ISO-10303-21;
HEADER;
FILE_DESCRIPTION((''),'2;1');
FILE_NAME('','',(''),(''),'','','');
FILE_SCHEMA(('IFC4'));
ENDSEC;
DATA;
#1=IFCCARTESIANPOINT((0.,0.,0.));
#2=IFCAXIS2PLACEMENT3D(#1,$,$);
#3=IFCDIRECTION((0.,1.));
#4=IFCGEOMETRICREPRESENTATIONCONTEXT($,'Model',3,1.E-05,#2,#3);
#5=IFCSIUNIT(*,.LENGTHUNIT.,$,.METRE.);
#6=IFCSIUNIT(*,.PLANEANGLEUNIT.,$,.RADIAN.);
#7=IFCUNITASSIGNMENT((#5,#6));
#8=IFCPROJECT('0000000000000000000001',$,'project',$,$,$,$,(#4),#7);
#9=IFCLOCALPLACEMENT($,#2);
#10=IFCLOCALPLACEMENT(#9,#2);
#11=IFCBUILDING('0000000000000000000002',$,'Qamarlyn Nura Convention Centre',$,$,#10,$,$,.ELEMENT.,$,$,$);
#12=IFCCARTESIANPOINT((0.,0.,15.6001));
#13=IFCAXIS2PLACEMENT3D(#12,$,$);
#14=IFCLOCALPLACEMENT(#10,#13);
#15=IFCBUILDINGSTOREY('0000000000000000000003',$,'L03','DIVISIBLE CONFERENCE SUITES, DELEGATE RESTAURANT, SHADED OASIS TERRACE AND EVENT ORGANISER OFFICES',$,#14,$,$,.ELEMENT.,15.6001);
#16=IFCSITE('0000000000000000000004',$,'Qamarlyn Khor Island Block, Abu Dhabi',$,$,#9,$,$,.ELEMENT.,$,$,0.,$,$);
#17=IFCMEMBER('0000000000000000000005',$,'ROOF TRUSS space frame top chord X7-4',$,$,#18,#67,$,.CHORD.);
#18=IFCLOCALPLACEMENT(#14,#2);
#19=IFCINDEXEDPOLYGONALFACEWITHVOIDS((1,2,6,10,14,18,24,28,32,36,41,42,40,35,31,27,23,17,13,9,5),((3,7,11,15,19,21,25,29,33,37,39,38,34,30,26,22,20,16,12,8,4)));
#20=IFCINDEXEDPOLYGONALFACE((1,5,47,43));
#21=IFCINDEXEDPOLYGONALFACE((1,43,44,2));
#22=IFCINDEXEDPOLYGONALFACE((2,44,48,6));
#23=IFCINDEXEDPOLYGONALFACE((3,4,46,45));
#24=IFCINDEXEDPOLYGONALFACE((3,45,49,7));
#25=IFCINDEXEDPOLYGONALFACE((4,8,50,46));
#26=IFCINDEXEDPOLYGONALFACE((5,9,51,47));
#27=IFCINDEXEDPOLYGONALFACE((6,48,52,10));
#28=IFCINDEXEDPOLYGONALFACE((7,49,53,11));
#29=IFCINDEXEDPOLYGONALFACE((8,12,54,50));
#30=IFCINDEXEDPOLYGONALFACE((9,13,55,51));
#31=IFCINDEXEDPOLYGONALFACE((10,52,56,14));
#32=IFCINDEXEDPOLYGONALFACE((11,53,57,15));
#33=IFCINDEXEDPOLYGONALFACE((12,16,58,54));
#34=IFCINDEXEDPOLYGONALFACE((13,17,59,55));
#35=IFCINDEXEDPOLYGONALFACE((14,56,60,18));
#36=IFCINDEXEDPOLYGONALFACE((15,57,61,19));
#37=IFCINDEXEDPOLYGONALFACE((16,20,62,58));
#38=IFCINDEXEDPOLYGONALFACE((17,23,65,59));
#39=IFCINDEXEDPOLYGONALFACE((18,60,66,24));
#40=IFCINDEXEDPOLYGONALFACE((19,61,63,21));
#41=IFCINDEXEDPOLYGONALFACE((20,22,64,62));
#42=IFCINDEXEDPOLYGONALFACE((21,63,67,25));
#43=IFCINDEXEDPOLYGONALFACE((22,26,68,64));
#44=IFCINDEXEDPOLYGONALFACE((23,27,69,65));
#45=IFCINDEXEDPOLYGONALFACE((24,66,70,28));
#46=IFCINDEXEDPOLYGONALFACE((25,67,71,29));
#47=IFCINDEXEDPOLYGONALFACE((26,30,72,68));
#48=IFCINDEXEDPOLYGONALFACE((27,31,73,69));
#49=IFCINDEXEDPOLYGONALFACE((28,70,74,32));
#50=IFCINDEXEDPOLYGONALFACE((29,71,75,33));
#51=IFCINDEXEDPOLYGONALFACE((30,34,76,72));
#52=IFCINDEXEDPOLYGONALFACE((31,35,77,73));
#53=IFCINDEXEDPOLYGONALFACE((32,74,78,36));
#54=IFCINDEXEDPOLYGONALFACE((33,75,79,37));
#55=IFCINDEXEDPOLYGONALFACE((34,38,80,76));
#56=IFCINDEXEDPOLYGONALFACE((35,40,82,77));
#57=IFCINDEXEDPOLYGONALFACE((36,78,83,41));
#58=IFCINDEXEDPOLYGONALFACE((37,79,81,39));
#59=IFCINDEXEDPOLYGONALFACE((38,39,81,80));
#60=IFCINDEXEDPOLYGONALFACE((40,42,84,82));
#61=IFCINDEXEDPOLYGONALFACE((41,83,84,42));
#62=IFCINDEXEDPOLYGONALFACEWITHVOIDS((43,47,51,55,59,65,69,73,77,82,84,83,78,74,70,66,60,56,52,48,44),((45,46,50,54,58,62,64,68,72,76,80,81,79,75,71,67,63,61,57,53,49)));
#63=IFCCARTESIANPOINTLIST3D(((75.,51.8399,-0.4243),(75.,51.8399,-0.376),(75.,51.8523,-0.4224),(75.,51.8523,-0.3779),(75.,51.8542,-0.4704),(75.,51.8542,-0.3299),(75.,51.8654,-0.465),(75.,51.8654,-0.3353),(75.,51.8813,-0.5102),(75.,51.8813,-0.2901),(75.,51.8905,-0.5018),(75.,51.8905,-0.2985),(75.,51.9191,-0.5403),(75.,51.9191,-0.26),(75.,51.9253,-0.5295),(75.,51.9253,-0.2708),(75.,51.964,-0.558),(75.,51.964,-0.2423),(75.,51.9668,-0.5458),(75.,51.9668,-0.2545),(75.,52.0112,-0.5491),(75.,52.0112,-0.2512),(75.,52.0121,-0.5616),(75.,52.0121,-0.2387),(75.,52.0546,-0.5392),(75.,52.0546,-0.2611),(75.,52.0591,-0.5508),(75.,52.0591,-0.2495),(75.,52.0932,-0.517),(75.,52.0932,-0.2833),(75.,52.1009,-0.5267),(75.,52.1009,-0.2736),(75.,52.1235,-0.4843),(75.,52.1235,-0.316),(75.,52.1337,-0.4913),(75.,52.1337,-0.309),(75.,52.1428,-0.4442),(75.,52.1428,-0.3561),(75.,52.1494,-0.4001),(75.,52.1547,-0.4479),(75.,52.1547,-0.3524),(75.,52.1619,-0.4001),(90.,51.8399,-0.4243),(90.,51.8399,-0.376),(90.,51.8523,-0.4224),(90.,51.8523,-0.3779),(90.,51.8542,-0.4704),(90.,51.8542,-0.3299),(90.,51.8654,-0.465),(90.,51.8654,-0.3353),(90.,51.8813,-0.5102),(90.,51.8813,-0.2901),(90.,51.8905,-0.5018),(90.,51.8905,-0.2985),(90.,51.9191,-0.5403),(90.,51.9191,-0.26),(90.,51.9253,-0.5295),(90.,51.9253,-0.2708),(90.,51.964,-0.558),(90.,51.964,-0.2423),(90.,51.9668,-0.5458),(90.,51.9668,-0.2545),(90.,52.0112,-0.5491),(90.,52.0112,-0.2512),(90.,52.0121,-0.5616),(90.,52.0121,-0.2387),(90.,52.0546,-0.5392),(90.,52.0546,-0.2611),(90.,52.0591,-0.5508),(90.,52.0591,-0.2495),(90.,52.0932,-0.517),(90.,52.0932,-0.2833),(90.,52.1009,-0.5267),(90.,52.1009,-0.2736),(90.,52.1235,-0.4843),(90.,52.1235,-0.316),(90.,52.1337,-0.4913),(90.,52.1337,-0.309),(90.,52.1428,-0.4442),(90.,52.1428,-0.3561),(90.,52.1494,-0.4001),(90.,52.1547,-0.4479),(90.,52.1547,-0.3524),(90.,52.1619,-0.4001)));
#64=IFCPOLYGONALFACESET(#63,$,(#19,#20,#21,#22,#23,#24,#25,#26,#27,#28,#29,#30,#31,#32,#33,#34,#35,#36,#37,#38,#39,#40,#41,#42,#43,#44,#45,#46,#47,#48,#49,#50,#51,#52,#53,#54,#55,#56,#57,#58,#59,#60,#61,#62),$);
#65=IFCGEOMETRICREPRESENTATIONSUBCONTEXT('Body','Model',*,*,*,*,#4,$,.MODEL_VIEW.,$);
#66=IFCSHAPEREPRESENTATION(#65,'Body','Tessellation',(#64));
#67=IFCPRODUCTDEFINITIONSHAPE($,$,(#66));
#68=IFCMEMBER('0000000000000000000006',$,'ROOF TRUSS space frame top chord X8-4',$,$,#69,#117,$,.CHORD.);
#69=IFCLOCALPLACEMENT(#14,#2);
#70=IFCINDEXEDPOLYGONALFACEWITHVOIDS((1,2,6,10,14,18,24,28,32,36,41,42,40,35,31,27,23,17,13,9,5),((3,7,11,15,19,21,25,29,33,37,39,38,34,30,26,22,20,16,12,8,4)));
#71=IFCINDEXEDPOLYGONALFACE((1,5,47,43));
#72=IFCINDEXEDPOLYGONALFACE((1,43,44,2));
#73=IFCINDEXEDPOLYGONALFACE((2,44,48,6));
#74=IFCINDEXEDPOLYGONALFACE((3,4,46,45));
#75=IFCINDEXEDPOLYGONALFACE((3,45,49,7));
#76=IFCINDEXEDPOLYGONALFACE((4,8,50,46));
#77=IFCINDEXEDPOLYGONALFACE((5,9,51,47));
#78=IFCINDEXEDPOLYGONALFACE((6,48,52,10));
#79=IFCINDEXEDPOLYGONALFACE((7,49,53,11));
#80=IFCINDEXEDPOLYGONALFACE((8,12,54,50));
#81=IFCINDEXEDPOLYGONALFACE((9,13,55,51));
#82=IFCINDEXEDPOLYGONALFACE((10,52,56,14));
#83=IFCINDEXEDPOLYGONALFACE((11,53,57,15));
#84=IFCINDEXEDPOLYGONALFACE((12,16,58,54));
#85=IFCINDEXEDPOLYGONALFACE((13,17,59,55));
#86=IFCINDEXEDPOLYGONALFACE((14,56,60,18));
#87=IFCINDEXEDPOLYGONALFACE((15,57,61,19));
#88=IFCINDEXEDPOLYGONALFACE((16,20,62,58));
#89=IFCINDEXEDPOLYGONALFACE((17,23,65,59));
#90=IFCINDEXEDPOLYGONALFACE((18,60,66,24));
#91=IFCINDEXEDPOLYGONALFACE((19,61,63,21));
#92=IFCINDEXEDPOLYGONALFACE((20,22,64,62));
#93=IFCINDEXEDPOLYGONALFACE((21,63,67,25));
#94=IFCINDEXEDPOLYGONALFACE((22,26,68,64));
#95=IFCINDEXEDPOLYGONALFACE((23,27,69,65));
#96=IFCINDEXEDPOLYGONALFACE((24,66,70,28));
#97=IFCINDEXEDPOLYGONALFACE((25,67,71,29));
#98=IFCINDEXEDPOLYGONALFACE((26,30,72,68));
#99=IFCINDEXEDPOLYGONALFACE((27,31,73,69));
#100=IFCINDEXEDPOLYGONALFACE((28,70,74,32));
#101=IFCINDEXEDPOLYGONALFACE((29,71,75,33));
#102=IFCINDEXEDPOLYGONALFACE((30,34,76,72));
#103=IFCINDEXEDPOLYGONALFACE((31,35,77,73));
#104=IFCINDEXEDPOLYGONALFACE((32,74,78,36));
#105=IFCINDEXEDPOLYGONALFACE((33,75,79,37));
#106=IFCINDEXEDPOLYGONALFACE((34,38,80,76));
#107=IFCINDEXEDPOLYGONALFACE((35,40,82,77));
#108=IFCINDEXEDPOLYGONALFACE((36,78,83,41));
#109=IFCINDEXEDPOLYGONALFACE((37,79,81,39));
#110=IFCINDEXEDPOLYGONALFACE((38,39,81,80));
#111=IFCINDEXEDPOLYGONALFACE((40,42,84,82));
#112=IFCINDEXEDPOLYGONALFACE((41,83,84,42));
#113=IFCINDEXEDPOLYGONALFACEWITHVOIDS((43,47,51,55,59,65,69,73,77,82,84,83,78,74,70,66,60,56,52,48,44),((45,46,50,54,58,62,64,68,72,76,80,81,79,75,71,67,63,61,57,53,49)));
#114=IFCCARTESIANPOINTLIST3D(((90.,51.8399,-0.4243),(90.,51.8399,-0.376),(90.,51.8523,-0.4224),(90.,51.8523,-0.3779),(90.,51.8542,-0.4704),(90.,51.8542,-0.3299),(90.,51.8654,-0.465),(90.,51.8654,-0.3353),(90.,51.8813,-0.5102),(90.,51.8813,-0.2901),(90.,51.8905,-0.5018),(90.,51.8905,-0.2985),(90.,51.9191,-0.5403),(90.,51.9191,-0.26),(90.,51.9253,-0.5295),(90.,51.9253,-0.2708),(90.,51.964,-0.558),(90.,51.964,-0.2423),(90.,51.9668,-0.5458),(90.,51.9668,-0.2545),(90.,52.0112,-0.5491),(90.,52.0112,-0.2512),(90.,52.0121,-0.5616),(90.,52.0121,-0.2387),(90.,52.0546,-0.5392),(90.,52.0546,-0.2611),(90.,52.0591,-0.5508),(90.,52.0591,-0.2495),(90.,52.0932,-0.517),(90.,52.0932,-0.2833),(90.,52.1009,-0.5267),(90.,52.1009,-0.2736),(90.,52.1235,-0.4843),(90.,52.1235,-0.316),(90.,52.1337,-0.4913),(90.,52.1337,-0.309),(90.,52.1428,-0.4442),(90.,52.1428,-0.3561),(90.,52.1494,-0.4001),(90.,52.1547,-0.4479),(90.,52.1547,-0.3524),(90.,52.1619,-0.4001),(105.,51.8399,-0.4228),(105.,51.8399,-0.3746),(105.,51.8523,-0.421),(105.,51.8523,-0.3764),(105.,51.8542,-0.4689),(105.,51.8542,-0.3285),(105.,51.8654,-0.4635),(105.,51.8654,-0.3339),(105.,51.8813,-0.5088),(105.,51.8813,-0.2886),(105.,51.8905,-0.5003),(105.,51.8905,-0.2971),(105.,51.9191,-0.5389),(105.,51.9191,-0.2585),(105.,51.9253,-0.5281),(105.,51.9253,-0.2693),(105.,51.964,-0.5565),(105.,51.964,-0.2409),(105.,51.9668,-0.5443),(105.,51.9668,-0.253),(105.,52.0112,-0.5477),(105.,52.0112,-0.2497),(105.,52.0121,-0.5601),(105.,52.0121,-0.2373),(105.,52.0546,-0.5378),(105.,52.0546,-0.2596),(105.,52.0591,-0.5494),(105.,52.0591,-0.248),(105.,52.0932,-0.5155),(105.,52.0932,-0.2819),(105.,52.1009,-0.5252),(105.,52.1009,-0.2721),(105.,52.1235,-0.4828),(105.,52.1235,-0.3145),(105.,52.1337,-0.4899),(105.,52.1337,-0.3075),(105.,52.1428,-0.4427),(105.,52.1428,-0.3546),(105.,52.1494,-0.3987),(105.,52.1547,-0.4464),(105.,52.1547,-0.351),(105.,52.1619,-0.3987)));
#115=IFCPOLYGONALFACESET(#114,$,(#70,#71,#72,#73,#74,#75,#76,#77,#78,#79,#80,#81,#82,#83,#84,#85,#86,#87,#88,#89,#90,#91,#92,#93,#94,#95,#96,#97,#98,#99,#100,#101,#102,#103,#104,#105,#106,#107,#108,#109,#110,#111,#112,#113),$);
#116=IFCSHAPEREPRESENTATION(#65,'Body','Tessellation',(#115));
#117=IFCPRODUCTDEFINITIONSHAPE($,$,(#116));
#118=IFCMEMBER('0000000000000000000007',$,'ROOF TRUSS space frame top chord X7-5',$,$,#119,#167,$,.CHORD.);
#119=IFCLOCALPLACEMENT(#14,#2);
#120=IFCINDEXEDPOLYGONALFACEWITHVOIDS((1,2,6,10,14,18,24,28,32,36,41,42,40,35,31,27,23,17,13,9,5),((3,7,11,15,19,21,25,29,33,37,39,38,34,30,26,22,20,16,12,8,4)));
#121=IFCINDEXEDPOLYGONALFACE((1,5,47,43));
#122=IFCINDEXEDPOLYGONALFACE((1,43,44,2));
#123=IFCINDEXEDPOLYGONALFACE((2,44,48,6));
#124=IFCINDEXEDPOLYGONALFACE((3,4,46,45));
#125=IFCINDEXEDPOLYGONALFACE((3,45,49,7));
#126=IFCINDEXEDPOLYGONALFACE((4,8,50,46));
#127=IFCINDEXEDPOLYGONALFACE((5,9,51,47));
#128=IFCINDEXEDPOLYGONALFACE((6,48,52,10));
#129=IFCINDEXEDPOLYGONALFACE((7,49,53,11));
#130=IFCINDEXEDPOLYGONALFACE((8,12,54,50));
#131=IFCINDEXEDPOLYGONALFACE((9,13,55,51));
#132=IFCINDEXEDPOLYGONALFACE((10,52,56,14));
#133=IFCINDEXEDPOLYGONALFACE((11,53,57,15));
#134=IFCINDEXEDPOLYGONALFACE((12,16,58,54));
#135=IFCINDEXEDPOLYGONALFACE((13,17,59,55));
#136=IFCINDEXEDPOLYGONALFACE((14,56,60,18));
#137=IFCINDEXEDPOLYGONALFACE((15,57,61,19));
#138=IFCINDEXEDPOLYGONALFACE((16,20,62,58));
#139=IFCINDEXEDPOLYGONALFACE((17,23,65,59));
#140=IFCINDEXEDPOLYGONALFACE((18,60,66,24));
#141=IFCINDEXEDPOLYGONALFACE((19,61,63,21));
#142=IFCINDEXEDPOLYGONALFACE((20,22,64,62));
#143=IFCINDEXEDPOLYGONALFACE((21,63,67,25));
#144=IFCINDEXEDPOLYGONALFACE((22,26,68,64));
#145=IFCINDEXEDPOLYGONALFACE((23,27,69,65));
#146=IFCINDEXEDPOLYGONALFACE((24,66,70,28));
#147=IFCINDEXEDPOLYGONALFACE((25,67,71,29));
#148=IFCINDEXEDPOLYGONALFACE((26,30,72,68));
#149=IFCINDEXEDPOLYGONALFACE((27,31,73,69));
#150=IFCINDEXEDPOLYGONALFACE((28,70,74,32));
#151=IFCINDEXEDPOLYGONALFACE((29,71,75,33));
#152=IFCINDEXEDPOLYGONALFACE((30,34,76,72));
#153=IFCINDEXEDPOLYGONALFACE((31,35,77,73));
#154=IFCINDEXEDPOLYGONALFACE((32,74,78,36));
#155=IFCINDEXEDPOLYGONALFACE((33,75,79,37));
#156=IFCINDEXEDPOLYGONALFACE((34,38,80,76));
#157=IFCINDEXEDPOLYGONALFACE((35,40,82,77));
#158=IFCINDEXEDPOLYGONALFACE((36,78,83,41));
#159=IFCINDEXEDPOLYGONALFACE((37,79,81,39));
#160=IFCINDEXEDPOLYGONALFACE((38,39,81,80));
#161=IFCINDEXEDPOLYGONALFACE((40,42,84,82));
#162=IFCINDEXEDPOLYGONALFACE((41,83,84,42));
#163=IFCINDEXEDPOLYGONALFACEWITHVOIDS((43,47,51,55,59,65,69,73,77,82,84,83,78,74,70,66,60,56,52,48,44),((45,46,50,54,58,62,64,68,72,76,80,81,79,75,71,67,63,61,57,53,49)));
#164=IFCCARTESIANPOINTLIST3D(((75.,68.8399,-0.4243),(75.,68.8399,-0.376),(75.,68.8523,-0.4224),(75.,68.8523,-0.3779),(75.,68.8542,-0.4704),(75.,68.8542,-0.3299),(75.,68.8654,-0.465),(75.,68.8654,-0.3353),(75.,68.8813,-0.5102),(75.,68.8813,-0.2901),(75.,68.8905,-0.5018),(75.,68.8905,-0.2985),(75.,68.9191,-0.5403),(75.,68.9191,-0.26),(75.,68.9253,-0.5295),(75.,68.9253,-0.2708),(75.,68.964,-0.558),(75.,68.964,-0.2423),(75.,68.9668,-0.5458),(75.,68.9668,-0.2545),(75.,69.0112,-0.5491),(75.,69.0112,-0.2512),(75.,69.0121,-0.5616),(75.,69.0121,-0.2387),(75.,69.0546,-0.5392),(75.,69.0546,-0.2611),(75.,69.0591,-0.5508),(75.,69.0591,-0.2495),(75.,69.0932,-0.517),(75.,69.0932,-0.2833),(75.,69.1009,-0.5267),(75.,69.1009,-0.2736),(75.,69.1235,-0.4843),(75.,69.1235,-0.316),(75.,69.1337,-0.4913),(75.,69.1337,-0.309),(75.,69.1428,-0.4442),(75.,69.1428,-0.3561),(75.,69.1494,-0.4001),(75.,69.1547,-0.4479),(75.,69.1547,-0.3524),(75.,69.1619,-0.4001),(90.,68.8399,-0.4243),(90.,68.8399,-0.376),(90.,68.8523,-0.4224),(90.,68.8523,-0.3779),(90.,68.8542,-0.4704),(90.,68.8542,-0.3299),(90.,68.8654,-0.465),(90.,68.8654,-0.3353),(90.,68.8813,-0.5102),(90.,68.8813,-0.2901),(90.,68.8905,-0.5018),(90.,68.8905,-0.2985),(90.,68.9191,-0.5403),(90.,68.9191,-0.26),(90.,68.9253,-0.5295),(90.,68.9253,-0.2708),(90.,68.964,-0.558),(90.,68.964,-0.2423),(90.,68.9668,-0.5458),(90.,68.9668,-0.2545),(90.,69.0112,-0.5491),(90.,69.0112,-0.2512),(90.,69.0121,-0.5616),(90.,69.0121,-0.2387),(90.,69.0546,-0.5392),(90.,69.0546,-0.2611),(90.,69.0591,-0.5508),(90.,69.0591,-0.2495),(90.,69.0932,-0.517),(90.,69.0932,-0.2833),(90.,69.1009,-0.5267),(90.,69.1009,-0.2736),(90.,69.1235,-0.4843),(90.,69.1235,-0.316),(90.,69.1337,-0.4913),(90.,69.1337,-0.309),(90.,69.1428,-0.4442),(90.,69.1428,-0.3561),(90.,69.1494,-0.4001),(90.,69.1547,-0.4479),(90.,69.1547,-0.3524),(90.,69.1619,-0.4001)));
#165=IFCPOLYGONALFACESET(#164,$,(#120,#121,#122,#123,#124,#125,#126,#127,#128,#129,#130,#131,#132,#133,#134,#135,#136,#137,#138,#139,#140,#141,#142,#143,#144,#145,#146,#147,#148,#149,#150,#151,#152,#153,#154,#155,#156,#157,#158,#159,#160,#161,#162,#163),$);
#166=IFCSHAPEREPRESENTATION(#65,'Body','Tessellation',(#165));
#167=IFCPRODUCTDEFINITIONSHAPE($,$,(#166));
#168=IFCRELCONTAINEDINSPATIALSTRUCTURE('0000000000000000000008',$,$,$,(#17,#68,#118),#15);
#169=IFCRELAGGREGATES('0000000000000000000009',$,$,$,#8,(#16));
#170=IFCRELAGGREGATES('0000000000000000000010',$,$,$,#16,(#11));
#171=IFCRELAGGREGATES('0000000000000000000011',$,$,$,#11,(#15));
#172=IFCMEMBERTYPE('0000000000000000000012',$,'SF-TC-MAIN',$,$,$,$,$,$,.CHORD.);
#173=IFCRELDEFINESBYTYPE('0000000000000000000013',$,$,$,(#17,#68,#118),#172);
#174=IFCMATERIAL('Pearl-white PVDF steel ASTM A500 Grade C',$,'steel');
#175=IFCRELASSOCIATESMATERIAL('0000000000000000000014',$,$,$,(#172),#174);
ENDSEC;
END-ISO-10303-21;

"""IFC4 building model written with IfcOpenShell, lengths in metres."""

from ifc_helpers import new_model, si_unit, direction, frame, origin, origin_2d, place, context, subcontext, project, spatial, hollow_circle, extrude, material, material_profile, profile_set, type_object, element, save


model = new_model("IFC4")

# Units and contexts
model_context = context("Model", 3, precision=1e-05, world=origin(), true_north=direction((0.0, 1.0)))
body_context = subcontext(model_context, "Body", "Model", "MODEL_VIEW")
ifc_project = project(units=[si_unit("LENGTHUNIT", "METRE"), si_unit("PLANEANGLEUNIT", "RADIAN")], contexts=[model_context])

# Site, building, storey
site_placement = place(None, origin())
site = spatial("IfcSite", under=ifc_project, at=site_placement, Name="Qamarlyn Khor Island Block, Abu Dhabi", CompositionType="ELEMENT", RefElevation=0.0)
building_placement = place(site_placement, origin())
building = spatial("IfcBuilding", under=site, at=building_placement, Name="Qamarlyn Nura Convention Centre", CompositionType="ELEMENT")
storey_placement = place(building_placement, frame((0.0, 0.0, 15.6001)))
storey = spatial("IfcBuildingStorey", under=building, at=storey_placement, Name="L03", Description="DIVISIBLE CONFERENCE SUITES, DELEGATE RESTAURANT, SHADED OASIS TERRACE AND EVENT ORGANISER OFFICES", CompositionType="ELEMENT", Elevation=15.6001)

# Members
ifc_material_1 = material(Name="Pearl-white PVDF steel ASTM A500 Grade C", Category="steel")
ifc_material_profile = material_profile(ifc_material_1, hollow_circle(Radius=0.1619, WallThickness=0.0125, at=origin_2d()), Name="CHS323.9X12.5")
ifc_profile_set = profile_set([ifc_material_profile], Name="Pearl-white PVDF steel ASTM A500 Grade C")
member_type = type_object("IfcMemberType", Name="SF-TC-MAIN", PredefinedType="CHORD", material=ifc_profile_set)
for number, where, z_axis, x_axis, name in (
    (1, (75.0, 52.0, -0.4001), (1.0, 0.0, 0.0), (0.0, 1.0, 0.0), "ROOF TRUSS space frame top chord X7-4"),
    (2, (90.0, 52.0, -0.4001), (1.0, 0.0, 0.000098), (0.0, 1.0, 0.0), "ROOF TRUSS space frame top chord X8-4"),
    (3, (75.0, 69.0, -0.4001), (1.0, 0.0, 0.0), (0.0, 1.0, 0.0), "ROOF TRUSS space frame top chord X7-5"),
):
    element("IfcMember", number, at=place(storey_placement, frame(where, z_axis=z_axis, x_axis=x_axis)), inside=storey, type_object=member_type, Name=name, PredefinedType="CHORD", context=body_context, shape_type="SweptSolid", body=[
        extrude(hollow_circle(Radius=0.1619, WallThickness=0.0125, at=origin_2d()), origin(), (0.0, 0.0, 1.0), 15.0),
    ])

save(model, "model.ifc")
